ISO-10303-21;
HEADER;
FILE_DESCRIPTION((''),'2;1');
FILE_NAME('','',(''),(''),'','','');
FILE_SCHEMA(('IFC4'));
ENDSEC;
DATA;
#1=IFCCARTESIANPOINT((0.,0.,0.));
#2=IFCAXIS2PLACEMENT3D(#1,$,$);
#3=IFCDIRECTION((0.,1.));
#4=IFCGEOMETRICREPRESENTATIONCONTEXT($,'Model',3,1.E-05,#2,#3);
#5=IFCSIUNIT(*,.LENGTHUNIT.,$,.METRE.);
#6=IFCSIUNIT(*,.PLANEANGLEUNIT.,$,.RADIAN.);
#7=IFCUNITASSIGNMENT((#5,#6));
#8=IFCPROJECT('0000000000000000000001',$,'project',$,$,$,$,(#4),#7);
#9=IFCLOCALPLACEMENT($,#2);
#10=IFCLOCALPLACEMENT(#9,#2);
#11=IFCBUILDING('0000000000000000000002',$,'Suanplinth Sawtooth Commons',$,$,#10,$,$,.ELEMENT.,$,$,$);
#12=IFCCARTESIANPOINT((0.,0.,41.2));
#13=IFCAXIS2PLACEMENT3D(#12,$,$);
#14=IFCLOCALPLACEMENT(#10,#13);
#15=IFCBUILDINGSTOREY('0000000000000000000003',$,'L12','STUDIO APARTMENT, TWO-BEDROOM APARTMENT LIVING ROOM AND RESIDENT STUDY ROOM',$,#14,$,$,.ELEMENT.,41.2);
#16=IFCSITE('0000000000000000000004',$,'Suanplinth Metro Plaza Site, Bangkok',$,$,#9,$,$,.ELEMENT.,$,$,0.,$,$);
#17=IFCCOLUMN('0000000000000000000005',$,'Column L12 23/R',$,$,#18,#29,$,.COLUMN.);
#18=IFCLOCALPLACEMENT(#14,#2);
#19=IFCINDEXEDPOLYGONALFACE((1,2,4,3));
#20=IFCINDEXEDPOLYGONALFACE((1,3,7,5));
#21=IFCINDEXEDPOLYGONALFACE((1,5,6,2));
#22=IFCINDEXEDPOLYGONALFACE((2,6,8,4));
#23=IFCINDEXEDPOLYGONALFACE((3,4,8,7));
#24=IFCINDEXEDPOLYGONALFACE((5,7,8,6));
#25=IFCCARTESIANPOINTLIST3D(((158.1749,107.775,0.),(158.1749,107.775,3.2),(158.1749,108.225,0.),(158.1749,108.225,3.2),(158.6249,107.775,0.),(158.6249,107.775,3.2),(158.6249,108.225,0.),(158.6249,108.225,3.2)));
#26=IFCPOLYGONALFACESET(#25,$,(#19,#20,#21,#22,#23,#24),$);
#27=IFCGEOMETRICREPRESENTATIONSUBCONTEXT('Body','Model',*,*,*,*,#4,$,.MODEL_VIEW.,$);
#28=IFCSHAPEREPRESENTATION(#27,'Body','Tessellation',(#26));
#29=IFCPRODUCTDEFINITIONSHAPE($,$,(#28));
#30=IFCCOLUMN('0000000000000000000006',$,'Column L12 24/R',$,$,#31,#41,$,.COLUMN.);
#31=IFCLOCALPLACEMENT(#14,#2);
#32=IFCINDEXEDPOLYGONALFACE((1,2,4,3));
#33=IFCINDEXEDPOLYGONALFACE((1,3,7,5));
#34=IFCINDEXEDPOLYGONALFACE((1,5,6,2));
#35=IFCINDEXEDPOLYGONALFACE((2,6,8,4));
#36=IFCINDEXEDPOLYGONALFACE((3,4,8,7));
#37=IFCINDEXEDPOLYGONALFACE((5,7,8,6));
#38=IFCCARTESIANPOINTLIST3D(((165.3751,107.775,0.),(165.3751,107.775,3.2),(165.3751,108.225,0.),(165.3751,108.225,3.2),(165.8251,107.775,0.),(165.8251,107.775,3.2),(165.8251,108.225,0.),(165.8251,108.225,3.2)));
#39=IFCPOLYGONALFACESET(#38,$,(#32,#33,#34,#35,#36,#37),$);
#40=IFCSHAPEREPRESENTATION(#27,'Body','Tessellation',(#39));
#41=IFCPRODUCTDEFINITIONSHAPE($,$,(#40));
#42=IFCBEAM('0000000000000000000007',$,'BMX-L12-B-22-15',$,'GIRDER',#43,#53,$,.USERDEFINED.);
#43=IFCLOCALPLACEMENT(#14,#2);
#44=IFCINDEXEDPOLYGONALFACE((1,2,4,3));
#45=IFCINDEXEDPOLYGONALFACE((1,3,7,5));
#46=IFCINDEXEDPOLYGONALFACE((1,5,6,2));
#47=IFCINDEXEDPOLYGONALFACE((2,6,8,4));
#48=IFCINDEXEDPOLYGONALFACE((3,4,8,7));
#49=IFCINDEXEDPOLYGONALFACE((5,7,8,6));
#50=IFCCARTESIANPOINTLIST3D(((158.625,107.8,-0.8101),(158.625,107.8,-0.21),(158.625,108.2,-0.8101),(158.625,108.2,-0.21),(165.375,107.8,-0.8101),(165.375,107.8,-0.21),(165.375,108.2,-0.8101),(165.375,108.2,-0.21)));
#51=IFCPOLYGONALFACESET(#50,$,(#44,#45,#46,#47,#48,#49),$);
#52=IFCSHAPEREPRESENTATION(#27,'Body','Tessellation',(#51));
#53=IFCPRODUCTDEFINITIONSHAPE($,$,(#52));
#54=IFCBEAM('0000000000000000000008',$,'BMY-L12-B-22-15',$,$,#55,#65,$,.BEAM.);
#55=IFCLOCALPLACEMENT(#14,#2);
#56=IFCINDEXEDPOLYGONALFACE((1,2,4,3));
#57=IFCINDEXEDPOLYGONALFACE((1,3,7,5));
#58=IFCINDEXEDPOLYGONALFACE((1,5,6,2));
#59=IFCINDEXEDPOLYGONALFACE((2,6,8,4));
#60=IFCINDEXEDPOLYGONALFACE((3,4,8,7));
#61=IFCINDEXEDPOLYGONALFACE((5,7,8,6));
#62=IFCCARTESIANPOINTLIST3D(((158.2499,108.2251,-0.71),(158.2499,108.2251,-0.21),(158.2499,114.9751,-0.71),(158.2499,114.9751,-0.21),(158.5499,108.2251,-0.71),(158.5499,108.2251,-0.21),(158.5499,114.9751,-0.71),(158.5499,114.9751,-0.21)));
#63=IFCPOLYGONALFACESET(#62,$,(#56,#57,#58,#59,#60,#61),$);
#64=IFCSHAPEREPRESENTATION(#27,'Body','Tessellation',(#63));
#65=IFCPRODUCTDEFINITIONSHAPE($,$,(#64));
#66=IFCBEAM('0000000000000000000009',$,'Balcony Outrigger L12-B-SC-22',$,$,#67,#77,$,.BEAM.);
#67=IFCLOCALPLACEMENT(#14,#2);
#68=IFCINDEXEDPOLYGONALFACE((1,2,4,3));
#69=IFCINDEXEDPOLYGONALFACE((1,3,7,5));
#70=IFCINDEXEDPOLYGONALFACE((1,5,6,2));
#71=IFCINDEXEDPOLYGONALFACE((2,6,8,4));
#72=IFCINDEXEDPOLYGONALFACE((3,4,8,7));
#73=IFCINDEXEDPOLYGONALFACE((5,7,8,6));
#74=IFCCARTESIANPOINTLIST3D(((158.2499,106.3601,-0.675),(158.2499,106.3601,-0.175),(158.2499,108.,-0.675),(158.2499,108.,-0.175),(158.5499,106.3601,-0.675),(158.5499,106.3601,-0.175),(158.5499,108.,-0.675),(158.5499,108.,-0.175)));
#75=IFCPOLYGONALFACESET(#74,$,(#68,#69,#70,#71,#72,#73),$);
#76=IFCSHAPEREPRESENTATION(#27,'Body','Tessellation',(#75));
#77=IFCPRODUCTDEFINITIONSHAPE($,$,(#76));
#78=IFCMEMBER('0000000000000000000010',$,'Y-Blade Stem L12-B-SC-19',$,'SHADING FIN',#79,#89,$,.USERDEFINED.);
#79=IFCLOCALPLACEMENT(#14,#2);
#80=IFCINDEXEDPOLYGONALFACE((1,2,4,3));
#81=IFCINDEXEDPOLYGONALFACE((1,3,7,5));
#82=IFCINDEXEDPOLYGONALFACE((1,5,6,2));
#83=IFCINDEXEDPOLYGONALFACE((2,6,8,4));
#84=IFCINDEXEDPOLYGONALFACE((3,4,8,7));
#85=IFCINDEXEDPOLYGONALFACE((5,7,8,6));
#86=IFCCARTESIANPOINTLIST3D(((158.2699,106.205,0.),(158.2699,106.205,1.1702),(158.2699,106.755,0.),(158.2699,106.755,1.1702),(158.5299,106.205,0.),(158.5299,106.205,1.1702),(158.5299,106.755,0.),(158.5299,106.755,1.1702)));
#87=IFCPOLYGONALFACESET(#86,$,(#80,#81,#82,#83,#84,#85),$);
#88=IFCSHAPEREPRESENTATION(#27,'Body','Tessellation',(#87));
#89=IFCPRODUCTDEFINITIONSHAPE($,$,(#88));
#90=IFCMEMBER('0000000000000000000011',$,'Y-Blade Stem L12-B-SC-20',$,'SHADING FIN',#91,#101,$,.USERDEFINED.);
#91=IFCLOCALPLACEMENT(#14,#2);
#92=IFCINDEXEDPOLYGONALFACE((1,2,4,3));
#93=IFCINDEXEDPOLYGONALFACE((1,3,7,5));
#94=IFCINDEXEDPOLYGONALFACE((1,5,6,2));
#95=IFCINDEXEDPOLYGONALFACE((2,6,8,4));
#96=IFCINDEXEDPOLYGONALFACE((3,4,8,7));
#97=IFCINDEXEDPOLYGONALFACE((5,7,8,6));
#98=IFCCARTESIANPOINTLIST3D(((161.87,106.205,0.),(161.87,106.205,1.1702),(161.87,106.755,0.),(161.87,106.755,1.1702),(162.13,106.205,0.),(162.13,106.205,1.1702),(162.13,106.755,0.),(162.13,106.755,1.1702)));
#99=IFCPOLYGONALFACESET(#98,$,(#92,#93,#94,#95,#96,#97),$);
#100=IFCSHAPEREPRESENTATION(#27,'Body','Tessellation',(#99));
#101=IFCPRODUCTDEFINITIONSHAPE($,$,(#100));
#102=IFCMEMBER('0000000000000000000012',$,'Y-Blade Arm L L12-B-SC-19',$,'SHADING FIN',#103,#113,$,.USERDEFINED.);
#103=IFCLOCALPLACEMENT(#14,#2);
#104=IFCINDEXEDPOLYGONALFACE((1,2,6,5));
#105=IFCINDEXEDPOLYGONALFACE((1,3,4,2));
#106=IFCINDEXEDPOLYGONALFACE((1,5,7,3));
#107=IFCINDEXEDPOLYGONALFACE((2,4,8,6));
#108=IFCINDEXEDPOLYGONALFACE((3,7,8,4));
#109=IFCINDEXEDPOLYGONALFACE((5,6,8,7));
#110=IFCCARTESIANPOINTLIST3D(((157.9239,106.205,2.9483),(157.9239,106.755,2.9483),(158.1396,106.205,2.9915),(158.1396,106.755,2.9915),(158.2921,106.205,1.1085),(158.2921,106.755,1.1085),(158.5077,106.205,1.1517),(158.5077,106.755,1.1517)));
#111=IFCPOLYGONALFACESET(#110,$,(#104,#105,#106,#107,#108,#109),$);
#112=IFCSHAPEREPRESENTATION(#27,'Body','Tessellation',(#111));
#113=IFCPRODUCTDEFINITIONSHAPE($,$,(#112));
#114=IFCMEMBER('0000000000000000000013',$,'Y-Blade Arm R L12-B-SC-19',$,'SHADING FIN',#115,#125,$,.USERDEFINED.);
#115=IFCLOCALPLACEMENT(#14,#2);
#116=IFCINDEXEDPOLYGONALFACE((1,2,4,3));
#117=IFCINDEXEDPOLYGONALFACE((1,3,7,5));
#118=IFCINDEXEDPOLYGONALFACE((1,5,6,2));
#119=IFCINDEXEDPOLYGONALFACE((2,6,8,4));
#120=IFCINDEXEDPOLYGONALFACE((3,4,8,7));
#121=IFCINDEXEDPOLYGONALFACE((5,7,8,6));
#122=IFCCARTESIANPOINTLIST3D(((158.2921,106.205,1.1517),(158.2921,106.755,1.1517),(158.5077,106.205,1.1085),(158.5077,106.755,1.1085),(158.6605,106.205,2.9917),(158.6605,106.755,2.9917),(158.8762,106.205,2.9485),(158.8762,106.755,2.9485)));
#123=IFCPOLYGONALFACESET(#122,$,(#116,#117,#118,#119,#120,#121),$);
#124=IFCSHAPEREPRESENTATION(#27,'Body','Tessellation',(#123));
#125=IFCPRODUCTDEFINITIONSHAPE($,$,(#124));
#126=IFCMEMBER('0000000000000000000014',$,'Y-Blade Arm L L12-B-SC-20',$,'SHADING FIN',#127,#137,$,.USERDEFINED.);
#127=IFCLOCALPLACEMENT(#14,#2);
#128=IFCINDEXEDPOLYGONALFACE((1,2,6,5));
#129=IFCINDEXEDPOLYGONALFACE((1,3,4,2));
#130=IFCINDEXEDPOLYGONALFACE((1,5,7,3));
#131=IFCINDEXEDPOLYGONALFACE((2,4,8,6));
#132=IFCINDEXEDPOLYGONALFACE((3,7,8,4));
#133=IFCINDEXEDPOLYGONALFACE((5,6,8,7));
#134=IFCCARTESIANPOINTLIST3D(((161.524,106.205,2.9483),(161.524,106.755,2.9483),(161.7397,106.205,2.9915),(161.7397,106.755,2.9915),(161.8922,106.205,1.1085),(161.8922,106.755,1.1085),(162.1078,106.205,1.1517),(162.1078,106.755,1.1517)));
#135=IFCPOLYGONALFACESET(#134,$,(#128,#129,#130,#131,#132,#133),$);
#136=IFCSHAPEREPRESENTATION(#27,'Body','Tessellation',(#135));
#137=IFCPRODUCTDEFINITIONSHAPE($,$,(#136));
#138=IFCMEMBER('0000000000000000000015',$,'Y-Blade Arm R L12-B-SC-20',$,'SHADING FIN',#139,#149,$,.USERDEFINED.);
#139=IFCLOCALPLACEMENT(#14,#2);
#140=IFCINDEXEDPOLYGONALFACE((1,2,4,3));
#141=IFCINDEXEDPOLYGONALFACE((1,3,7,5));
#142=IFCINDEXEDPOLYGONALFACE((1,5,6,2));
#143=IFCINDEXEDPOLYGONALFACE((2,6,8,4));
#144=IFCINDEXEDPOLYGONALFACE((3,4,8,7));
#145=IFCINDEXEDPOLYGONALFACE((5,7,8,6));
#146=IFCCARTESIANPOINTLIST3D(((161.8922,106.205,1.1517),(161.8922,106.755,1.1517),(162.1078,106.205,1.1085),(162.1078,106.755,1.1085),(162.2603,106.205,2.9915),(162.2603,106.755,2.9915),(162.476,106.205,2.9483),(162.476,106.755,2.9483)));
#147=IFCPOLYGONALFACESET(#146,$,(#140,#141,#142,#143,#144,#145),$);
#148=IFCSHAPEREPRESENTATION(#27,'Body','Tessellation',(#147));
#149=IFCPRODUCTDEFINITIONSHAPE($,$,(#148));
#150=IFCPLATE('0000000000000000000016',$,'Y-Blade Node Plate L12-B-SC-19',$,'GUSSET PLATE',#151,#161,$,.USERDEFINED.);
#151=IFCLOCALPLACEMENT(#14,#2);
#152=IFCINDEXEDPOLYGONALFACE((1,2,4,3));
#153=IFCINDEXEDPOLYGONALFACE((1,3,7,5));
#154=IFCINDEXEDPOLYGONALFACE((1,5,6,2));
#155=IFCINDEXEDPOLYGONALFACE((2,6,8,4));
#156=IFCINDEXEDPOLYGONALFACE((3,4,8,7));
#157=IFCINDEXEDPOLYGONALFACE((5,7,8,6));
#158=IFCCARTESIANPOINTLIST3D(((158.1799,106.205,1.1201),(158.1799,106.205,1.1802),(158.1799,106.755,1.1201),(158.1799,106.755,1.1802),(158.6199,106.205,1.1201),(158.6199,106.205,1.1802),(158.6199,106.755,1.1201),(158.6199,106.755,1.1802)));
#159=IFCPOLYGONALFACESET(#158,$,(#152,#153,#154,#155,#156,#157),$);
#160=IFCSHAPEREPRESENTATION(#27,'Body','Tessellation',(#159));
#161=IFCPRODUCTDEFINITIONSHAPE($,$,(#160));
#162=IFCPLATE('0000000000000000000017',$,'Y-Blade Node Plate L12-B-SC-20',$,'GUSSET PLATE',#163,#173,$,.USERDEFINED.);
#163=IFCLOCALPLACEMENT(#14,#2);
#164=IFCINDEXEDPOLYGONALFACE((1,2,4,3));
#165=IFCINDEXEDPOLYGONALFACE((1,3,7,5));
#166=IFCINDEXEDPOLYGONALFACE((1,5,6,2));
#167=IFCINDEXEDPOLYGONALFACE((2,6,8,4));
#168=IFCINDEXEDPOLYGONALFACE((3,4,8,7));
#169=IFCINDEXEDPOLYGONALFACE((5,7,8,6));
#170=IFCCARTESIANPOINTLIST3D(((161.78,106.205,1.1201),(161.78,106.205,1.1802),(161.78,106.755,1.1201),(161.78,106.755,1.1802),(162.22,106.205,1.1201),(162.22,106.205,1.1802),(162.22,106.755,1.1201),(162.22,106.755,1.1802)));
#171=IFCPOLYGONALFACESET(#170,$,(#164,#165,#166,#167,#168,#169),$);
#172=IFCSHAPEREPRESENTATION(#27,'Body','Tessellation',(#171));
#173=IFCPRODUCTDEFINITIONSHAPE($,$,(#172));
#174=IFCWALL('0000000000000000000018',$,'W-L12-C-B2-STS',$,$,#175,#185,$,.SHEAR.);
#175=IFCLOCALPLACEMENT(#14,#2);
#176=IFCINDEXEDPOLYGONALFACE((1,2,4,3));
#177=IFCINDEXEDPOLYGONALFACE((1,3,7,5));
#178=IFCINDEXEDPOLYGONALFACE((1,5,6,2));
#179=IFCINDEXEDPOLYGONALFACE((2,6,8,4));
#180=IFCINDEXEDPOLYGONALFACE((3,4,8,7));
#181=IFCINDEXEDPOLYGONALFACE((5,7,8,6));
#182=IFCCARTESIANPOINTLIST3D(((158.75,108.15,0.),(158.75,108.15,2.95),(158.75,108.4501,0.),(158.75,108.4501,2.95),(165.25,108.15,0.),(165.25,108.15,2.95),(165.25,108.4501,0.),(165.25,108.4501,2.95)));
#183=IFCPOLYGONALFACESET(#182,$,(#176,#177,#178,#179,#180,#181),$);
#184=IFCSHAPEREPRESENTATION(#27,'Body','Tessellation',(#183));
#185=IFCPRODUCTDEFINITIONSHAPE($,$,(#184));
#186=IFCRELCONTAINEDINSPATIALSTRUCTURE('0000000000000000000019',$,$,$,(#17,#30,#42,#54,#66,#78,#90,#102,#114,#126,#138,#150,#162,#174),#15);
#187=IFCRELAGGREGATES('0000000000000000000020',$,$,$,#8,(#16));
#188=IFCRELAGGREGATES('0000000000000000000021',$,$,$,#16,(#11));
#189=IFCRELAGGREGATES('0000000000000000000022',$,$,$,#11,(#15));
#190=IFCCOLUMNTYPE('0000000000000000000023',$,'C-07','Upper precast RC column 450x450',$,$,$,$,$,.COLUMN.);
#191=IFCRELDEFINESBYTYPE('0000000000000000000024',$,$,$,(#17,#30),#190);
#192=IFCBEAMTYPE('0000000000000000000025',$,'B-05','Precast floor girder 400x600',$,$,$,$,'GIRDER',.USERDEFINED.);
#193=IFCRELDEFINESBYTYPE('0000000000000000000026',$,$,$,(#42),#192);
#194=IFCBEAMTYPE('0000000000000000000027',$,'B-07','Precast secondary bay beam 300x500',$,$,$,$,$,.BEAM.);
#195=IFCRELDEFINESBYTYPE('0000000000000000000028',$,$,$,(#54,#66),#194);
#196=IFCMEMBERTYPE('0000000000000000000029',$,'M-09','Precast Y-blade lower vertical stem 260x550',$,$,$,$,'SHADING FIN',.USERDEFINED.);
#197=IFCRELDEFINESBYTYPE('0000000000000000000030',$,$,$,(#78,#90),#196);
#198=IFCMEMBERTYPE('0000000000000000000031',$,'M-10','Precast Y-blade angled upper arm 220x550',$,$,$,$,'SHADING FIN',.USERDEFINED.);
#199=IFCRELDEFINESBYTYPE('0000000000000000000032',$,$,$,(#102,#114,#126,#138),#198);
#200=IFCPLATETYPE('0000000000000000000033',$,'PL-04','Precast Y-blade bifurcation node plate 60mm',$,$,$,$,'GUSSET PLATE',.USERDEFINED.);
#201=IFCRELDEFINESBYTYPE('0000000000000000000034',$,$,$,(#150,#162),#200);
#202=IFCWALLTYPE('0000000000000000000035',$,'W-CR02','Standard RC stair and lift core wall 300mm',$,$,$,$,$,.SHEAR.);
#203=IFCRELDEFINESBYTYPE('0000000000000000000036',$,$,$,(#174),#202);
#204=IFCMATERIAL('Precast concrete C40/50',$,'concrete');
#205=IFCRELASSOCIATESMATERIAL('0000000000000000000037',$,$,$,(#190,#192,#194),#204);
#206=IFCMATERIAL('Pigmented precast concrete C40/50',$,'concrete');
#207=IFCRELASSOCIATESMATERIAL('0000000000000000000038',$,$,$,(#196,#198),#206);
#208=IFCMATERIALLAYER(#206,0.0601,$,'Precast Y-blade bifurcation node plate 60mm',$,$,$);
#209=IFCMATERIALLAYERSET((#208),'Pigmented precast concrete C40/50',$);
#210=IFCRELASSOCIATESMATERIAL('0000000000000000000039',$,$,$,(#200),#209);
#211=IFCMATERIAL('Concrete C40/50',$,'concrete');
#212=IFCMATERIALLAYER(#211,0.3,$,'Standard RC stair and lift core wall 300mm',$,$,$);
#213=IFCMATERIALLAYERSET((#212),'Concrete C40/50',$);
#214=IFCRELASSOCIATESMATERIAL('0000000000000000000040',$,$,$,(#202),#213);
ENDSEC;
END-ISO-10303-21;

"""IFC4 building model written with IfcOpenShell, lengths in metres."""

from ifc_helpers import new_model, si_unit, direction, frame, frame_2d, origin, origin_2d, place, context, subcontext, project, spatial, rectangle, extrude, material, layer, layer_set, material_profile, profile_set, type_object, element, save


model = new_model("IFC4")

# Units and contexts
model_context = context("Model", 3, precision=1e-05, world=origin(), true_north=direction((0.0, 1.0)))
body_context = subcontext(model_context, "Body", "Model", "MODEL_VIEW")
ifc_project = project(units=[si_unit("LENGTHUNIT", "METRE"), si_unit("PLANEANGLEUNIT", "RADIAN")], contexts=[model_context])

# Site, building, storey
site_placement = place(None, origin())
site = spatial("IfcSite", under=ifc_project, at=site_placement, Name="Suanplinth Metro Plaza Site, Bangkok", CompositionType="ELEMENT", RefElevation=0.0)
building_placement = place(site_placement, origin())
building = spatial("IfcBuilding", under=site, at=building_placement, Name="Suanplinth Sawtooth Commons", CompositionType="ELEMENT")
storey_placement = place(building_placement, frame((0.0, 0.0, 41.2)))
storey = spatial("IfcBuildingStorey", under=building, at=storey_placement, Name="L12", Description="STUDIO APARTMENT, TWO-BEDROOM APARTMENT LIVING ROOM AND RESIDENT STUDY ROOM", CompositionType="ELEMENT", Elevation=41.2)

# Columns
ifc_material_1 = material(Name="Precast concrete C40/50", Category="concrete")
ifc_material_profile_1 = material_profile(ifc_material_1, rectangle(XDim=0.45, YDim=0.45, at=origin_2d()), Name="PC-COL 450x450")
ifc_profile_set_1 = profile_set([ifc_material_profile_1], Name="Precast concrete C40/50")
column_type = type_object("IfcColumnType", Name="C-07", Description="Upper precast RC column 450x450", PredefinedType="COLUMN", material=ifc_profile_set_1)
for number, where, z_axis, x_axis, name in (
    (1, (158.3999, 108.0, 0.0), (0.0, 0.0, 1.0), (1.0, 0.0, 0.0), "Column L12 23/R"),
    (2, (165.6001, 108.0, 0.0), (0.0, 0.0, 1.0), (1.0, 0.0, 0.0), "Column L12 24/R"),
):
    element("IfcColumn", number, at=place(storey_placement, frame(where, z_axis=z_axis, x_axis=x_axis)), inside=storey, type_object=column_type, Name=name, PredefinedType="COLUMN", context=body_context, shape_type="SweptSolid", body=[
        extrude(rectangle(XDim=0.45, YDim=0.45, at=origin_2d()), origin(), (0.0, 0.0, 1.0), 3.2),
    ])

# Beams
ifc_material_profile_2 = material_profile(ifc_material_1, rectangle(XDim=0.3999, YDim=0.6001, at=origin_2d()), Name="PC-GDR 400x600")
ifc_profile_set_2 = profile_set([ifc_material_profile_2], Name="Precast concrete C40/50")
beam_type_1 = type_object("IfcBeamType", Name="B-05", Description="Precast floor girder 400x600", ElementType="GIRDER", PredefinedType="USERDEFINED", material=ifc_profile_set_2)
beam_1_placement = place(storey_placement, frame((158.625, 108.0, -0.51), z_axis=(1.0, 0.0, 0.0), x_axis=(0.0, 1.0, 0.0)))
element("IfcBeam", 3, at=beam_1_placement, inside=storey, type_object=beam_type_1, Name="BMX-L12-B-22-15", ObjectType="GIRDER", PredefinedType="USERDEFINED", context=body_context, shape_type="SweptSolid", body=[
    extrude(rectangle(XDim=0.3999, YDim=0.6001, at=origin_2d()), origin(), (0.0, 0.0, 1.0), 6.75),
])
ifc_material_profile_3 = material_profile(ifc_material_1, rectangle(XDim=0.3, YDim=0.5, at=origin_2d()), Name="PC-BM 300x500")
ifc_profile_set_3 = profile_set([ifc_material_profile_3], Name="Precast concrete C40/50")
beam_type_2 = type_object("IfcBeamType", Name="B-07", Description="Precast secondary bay beam 300x500", PredefinedType="BEAM", material=ifc_profile_set_3)
beam_2_placement = place(storey_placement, frame((158.3999, 108.2251, -0.46), z_axis=(0.0, 1.0, 0.0), x_axis=(-1.0, 0.0, 0.0)))
element("IfcBeam", 4, at=beam_2_placement, inside=storey, type_object=beam_type_2, Name="BMY-L12-B-22-15", PredefinedType="BEAM", context=body_context, shape_type="SweptSolid", body=[
    extrude(rectangle(XDim=0.3, YDim=0.5, at=origin_2d()), origin(), (0.0, 0.0, 1.0), 6.75),
])
beam_3_placement = place(storey_placement, frame((158.3999, 108.0, -0.425), z_axis=(0.0, -1.0, 0.0), x_axis=(1.0, 0.0, 0.0)))
element("IfcBeam", 5, at=beam_3_placement, inside=storey, type_object=beam_type_2, Name="Balcony Outrigger L12-B-SC-22", PredefinedType="BEAM", context=body_context, shape_type="SweptSolid", body=[
    extrude(rectangle(XDim=0.3, YDim=0.5, at=origin_2d()), origin(), (0.0, 0.0, 1.0), 1.6399),
])

# Members
ifc_material_2 = material(Name="Pigmented precast concrete C40/50", Category="concrete")
ifc_material_profile_4 = material_profile(ifc_material_2, rectangle(XDim=0.26, YDim=0.55, at=origin_2d()), Name="PC-FIN 260x550")
ifc_profile_set_4 = profile_set([ifc_material_profile_4], Name="Pigmented precast concrete C40/50")
member_type_1 = type_object("IfcMemberType", Name="M-09", Description="Precast Y-blade lower vertical stem 260x550", ElementType="SHADING FIN", PredefinedType="USERDEFINED", material=ifc_profile_set_4)
for number, where, z_axis, x_axis, name in (
    (6, (158.3999, 106.48, 0.0), (0.0, 0.0, 1.0), (1.0, 0.0, 0.0), "Y-Blade Stem L12-B-SC-19"),
    (7, (162.0, 106.48, 0.0), (0.0, 0.0, 1.0), (1.0, 0.0, 0.0), "Y-Blade Stem L12-B-SC-20"),
):
    element("IfcMember", number, at=place(storey_placement, frame(where, z_axis=z_axis, x_axis=x_axis)), inside=storey, type_object=member_type_1, Name=name, ObjectType="SHADING FIN", PredefinedType="USERDEFINED", context=body_context, shape_type="SweptSolid", body=[
        extrude(rectangle(XDim=0.26, YDim=0.55, at=origin_2d()), origin(), (0.0, 0.0, 1.0), 1.1702),
    ])
ifc_material_profile_5 = material_profile(ifc_material_2, rectangle(XDim=0.22, YDim=0.55, at=origin_2d()), Name="PC-FIN 220x550")
ifc_profile_set_5 = profile_set([ifc_material_profile_5], Name="Pigmented precast concrete C40/50")
member_type_2 = type_object("IfcMemberType", Name="M-10", Description="Precast Y-blade angled upper arm 220x550", ElementType="SHADING FIN", PredefinedType="USERDEFINED", material=ifc_profile_set_5)
member_1_placement = place(storey_placement, frame((158.3999, 106.48, 1.1301), z_axis=(-0.196216, 0.0, 0.980561), x_axis=(0.980561, 0.0, 0.196216)))
element("IfcMember", 8, at=member_1_placement, inside=storey, type_object=member_type_2, Name="Y-Blade Arm L L12-B-SC-19", ObjectType="SHADING FIN", PredefinedType="USERDEFINED", context=body_context, shape_type="SweptSolid", body=[
    extrude(rectangle(XDim=0.22, YDim=0.55, at=origin_2d()), origin(), (0.0, 0.0, 1.0), 1.8762),
])
member_2_placement = place(storey_placement, frame((158.3999, 106.48, 1.1301), z_axis=(0.196341, 0.0, 0.980536), x_axis=(-0.980536, 0.0, 0.196341)))
element("IfcMember", 9, at=member_2_placement, inside=storey, type_object=member_type_2, Name="Y-Blade Arm R L12-B-SC-19", ObjectType="SHADING FIN", PredefinedType="USERDEFINED", context=body_context, shape_type="SweptSolid", body=[
    extrude(rectangle(XDim=0.22, YDim=0.55, at=origin_2d()), origin(), (0.0, 0.0, 1.0), 1.8765),
])
for number, where, z_axis, x_axis, name in (
    (10, (162.0, 106.48, 1.1301), (-0.196216, 0.0, 0.980561), (0.980561, 0.0, 0.196216), "Y-Blade Arm L L12-B-SC-20"),
    (11, (162.0, 106.48, 1.1301), (0.196216, 0.0, 0.980561), (-0.980561, 0.0, 0.196216), "Y-Blade Arm R L12-B-SC-20"),
):
    element("IfcMember", number, at=place(storey_placement, frame(where, z_axis=z_axis, x_axis=x_axis)), inside=storey, type_object=member_type_2, Name=name, ObjectType="SHADING FIN", PredefinedType="USERDEFINED", context=body_context, shape_type="SweptSolid", body=[
        extrude(rectangle(XDim=0.22, YDim=0.55, at=origin_2d()), origin(), (0.0, 0.0, 1.0), 1.8762),
    ])

# Plates
ifc_layer_1 = layer(ifc_material_2, 0.0601, Name="Precast Y-blade bifurcation node plate 60mm")
ifc_layer_set_1 = layer_set([ifc_layer_1], Name="Pigmented precast concrete C40/50")
plate_type = type_object("IfcPlateType", Name="PL-04", Description="Precast Y-blade bifurcation node plate 60mm", ElementType="GUSSET PLATE", PredefinedType="USERDEFINED", material=ifc_layer_set_1)
for number, where, z_axis, x_axis, name in (
    (12, (158.3999, 106.48, 1.1201), (0.0, 0.0, 1.0), (1.0, 0.0, 0.0), "Y-Blade Node Plate L12-B-SC-19"),
    (13, (162.0, 106.48, 1.1201), (0.0, 0.0, 1.0), (1.0, 0.0, 0.0), "Y-Blade Node Plate L12-B-SC-20"),
):
    element("IfcPlate", number, at=place(storey_placement, frame(where, z_axis=z_axis, x_axis=x_axis)), inside=storey, type_object=plate_type, Name=name, ObjectType="GUSSET PLATE", PredefinedType="USERDEFINED", context=body_context, shape_type="SweptSolid", body=[
        extrude(rectangle(XDim=0.4399, YDim=0.55, at=origin_2d()), origin(), (0.0, 0.0, 1.0), 0.0601),
    ])

# Wall
ifc_material_3 = material(Name="Concrete C40/50", Category="concrete")
ifc_layer_2 = layer(ifc_material_3, 0.3, Name="Standard RC stair and lift core wall 300mm")
ifc_layer_set_2 = layer_set([ifc_layer_2], Name="Concrete C40/50")
wall_type_1 = type_object("IfcWallType", Name="W-CR02", Description="Standard RC stair and lift core wall 300mm", PredefinedType="SHEAR", material=ifc_layer_set_2)
wall_1_placement = place(storey_placement, frame((158.75, 108.3, 0.0), z_axis=(0.0, 0.0, 1.0), x_axis=(1.0, 0.0, 0.0)))
element("IfcWall", 14, at=wall_1_placement, inside=storey, type_object=wall_type_1, Name="W-L12-C-B2-STS", PredefinedType="SHEAR", context=body_context, shape_type="SweptSolid", body=[
    extrude(rectangle(XDim=6.5, YDim=0.3, at=frame_2d((3.25, 0.0))), origin(), (0.0, 0.0, 1.0), 2.95),
])

save(model, "model.ifc")
